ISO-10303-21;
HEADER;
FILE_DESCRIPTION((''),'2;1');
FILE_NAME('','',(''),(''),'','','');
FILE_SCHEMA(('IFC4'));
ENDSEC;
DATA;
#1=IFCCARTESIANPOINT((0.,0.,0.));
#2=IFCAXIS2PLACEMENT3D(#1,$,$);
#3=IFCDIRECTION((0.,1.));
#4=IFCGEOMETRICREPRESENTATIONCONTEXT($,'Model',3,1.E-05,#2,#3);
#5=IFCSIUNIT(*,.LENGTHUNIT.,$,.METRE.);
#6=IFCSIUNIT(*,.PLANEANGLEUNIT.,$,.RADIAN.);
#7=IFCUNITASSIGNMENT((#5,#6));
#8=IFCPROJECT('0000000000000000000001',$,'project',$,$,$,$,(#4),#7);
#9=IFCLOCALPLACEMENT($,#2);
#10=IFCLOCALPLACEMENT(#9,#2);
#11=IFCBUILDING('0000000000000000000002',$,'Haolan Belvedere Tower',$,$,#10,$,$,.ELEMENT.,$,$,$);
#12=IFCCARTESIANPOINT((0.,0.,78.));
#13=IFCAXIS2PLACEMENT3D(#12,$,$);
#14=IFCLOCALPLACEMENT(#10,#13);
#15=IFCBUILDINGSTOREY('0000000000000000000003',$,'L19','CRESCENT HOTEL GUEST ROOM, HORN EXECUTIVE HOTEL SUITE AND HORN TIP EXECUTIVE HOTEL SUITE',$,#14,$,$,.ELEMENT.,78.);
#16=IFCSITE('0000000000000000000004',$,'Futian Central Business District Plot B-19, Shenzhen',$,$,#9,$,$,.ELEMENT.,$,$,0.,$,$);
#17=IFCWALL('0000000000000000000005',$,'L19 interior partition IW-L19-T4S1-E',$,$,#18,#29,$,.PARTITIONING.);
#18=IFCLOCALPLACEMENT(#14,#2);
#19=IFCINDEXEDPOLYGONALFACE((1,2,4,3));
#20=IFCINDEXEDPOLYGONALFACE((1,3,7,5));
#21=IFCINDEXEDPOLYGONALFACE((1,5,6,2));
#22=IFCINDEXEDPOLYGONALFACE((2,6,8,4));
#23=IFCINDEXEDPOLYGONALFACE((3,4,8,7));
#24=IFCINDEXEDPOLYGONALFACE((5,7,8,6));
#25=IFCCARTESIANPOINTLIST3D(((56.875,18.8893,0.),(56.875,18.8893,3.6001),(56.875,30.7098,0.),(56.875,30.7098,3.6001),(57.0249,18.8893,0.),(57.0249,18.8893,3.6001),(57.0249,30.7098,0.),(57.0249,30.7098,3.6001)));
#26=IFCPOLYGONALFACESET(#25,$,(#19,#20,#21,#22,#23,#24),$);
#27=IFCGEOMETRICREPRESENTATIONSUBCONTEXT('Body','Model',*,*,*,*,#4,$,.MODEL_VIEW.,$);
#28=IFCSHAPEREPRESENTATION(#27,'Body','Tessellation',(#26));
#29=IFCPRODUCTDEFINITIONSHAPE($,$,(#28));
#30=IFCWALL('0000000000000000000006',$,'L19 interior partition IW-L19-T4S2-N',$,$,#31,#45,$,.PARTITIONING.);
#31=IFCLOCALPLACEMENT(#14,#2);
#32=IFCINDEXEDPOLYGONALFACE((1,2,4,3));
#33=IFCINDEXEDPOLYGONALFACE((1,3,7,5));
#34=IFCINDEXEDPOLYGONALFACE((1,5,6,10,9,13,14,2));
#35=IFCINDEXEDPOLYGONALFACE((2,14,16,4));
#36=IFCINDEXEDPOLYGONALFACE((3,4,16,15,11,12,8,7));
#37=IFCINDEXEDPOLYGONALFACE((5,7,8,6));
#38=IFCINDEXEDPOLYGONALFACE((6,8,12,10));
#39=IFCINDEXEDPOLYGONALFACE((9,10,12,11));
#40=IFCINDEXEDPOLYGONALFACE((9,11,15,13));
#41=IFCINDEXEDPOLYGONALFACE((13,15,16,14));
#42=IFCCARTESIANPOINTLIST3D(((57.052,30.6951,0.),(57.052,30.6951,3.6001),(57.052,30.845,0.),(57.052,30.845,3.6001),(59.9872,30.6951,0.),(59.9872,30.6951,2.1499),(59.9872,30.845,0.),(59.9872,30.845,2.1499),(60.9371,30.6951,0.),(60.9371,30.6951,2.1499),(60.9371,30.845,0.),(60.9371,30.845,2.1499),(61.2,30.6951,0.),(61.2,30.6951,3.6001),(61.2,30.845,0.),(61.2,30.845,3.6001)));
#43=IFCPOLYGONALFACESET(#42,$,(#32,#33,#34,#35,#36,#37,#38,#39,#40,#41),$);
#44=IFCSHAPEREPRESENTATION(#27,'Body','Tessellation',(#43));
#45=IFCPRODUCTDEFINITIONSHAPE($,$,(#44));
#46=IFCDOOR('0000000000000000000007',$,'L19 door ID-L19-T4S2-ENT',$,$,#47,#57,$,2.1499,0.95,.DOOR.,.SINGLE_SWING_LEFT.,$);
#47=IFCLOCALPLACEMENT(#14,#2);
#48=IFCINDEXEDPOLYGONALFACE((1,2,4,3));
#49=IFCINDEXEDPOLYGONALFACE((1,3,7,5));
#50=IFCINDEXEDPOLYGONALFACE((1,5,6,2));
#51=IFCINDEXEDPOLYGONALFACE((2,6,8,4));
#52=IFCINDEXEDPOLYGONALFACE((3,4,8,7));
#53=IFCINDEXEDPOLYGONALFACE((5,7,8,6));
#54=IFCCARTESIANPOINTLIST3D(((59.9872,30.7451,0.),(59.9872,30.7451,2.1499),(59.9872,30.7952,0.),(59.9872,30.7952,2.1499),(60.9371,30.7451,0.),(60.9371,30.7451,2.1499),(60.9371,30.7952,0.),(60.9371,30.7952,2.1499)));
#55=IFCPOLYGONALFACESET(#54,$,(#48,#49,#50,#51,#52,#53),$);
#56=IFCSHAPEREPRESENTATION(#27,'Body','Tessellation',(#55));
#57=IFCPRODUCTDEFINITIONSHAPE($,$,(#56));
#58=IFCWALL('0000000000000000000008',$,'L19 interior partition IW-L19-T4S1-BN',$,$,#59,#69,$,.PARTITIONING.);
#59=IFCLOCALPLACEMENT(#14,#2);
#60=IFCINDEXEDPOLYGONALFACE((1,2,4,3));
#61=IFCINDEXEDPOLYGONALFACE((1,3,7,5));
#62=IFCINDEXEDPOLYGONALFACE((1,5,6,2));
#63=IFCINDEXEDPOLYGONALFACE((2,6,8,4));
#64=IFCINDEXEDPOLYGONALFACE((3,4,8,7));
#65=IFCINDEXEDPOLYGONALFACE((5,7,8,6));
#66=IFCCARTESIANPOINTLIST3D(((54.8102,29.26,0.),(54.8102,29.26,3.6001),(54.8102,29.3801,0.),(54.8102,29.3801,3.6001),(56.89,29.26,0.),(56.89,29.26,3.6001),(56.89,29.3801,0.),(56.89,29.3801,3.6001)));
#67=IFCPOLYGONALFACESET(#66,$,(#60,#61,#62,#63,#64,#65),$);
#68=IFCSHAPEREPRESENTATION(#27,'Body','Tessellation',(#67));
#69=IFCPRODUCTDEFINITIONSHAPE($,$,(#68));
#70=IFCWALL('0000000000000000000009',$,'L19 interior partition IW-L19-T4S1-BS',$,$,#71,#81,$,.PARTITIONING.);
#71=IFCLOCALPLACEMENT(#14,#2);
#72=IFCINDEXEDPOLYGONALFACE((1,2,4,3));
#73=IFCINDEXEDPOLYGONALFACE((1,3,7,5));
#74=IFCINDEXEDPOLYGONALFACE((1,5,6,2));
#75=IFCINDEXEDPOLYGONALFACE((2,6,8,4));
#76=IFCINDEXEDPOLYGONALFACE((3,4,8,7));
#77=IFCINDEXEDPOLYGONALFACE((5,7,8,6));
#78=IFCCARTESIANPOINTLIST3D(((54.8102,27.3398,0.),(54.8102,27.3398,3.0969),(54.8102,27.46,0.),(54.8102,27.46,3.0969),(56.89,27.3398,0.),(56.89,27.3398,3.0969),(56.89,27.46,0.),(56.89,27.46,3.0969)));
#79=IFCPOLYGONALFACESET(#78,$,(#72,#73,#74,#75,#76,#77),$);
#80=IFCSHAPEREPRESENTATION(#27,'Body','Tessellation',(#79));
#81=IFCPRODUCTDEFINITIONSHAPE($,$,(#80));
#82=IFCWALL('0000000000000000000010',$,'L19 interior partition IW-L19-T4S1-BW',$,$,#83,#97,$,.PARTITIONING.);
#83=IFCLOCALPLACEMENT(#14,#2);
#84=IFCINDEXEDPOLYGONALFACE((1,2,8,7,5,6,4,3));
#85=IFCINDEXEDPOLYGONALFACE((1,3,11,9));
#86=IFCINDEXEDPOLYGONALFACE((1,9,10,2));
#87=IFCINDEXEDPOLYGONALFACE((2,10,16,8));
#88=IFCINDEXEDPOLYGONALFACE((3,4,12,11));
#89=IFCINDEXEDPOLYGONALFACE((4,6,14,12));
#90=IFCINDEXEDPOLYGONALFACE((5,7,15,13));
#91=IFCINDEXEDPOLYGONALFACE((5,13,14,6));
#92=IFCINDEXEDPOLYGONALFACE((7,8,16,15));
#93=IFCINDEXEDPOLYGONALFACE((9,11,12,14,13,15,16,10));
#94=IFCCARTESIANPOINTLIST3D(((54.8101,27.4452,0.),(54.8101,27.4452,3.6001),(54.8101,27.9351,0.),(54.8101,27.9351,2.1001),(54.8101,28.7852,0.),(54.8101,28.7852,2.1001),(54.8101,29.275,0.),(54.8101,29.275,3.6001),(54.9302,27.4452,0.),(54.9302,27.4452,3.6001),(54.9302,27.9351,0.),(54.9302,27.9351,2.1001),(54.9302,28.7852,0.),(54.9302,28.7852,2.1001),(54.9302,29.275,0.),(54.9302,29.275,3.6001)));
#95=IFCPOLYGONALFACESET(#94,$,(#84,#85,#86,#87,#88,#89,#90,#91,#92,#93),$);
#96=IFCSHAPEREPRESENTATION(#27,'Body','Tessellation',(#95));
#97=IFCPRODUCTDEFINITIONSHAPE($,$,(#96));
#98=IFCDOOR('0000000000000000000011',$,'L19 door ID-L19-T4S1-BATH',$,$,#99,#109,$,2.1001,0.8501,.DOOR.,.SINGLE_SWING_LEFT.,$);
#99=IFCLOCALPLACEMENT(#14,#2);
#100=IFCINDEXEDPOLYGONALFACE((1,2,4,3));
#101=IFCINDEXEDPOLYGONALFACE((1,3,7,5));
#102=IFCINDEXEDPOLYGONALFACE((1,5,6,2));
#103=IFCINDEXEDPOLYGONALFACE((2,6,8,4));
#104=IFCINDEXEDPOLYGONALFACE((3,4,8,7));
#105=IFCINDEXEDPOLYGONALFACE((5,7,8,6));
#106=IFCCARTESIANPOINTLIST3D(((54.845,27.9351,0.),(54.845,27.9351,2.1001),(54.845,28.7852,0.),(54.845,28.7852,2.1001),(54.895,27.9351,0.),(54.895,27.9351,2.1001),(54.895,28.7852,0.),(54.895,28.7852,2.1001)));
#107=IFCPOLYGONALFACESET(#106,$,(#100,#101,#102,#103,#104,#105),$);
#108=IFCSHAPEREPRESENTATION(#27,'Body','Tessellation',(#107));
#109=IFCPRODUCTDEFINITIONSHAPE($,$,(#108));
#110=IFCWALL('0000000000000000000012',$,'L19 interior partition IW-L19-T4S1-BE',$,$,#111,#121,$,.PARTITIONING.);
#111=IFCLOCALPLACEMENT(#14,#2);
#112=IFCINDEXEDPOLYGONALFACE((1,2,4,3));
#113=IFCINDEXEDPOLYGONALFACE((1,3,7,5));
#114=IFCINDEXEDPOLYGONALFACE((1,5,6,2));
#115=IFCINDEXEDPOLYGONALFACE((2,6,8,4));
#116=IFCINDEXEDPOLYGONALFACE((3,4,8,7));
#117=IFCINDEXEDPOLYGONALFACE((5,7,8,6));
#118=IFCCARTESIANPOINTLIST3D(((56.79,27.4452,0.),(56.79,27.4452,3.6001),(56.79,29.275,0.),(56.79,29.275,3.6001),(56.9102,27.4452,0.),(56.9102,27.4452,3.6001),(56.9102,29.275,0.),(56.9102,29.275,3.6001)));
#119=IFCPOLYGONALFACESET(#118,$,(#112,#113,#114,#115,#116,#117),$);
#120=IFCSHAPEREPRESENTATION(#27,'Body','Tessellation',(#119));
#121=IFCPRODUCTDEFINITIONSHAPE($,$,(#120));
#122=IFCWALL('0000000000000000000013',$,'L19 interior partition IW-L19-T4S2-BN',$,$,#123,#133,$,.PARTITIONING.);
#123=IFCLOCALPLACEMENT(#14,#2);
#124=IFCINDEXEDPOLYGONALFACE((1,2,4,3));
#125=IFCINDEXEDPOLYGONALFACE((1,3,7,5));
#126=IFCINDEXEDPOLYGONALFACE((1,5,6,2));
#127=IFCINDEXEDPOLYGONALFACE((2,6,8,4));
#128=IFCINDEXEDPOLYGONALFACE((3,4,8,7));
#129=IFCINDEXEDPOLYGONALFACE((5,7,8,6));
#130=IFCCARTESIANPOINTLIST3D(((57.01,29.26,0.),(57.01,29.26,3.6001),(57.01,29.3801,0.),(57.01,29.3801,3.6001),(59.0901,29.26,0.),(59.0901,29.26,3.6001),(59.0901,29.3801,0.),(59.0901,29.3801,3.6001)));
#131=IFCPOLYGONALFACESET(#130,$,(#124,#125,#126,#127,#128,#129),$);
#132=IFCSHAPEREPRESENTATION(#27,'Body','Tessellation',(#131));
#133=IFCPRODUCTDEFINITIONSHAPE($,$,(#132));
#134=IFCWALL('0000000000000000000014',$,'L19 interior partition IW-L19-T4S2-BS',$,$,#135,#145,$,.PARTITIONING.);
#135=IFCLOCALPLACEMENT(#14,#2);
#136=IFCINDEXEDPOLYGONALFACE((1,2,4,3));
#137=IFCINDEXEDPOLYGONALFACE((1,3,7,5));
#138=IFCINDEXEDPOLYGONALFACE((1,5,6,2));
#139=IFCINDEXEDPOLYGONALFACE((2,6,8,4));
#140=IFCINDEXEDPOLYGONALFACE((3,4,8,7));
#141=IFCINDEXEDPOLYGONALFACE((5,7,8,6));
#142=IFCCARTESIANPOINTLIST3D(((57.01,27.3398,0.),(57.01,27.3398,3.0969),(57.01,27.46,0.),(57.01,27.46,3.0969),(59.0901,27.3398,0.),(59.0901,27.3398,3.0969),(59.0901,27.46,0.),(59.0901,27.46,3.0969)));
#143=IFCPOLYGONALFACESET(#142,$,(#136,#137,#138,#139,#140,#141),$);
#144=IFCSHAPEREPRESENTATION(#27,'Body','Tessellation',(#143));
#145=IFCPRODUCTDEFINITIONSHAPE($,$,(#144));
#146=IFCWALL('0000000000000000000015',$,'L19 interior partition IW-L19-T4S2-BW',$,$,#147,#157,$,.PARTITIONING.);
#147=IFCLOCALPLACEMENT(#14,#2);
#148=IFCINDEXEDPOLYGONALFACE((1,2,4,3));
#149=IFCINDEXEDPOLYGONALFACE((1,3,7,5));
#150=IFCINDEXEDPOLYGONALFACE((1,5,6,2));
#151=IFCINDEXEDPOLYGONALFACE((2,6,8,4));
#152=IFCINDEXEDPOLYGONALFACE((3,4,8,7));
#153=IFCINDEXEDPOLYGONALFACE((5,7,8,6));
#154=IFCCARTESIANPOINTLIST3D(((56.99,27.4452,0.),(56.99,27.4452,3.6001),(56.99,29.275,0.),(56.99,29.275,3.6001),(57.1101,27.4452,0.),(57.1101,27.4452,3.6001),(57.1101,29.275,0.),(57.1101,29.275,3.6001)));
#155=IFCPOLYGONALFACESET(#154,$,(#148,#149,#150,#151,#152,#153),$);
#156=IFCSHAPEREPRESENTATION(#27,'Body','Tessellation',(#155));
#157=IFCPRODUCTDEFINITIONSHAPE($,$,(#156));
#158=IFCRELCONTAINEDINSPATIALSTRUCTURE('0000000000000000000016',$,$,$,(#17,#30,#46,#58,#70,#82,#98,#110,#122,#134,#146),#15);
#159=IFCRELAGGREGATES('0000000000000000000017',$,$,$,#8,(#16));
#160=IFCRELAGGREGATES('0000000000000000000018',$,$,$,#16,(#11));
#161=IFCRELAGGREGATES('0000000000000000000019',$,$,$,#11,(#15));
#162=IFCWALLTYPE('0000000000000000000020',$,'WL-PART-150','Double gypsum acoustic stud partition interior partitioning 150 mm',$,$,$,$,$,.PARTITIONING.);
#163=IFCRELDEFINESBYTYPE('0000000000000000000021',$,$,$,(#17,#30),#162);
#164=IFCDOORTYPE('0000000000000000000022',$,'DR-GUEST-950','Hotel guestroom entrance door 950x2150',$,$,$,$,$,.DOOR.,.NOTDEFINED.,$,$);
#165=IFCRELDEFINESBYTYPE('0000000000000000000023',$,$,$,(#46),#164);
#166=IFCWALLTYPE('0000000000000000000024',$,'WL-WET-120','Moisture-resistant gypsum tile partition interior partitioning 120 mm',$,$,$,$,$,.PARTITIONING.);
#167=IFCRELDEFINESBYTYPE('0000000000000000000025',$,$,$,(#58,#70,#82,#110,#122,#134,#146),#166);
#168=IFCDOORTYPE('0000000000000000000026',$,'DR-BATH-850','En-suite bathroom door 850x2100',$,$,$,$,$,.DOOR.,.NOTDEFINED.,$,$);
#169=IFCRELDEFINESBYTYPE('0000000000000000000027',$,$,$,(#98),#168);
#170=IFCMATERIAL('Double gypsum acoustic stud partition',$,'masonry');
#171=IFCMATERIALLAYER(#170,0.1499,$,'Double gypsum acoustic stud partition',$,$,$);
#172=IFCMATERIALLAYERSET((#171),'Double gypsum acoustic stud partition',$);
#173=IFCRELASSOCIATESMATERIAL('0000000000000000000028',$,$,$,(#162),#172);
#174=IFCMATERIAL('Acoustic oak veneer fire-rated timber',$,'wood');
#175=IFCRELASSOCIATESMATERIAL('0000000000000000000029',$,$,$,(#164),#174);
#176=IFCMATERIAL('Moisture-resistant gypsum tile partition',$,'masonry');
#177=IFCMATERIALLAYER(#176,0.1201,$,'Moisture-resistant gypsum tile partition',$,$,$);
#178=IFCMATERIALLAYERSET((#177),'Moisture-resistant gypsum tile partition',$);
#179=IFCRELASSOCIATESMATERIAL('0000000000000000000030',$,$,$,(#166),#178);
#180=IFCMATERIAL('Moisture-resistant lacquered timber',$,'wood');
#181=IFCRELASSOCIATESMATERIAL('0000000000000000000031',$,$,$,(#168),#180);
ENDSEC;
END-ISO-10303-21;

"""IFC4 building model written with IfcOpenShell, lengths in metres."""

from ifc_helpers import new_model, si_unit, direction, frame, frame_2d, origin, place, context, subcontext, project, spatial, rectangle, extrude, material, layer, layer_set, type_object, element, fill, save


model = new_model("IFC4")

# Units and contexts
model_context = context("Model", 3, precision=1e-05, world=origin(), true_north=direction((0.0, 1.0)))
body_context = subcontext(model_context, "Body", "Model", "MODEL_VIEW")
ifc_project = project(units=[si_unit("LENGTHUNIT", "METRE"), si_unit("PLANEANGLEUNIT", "RADIAN")], contexts=[model_context])

# Site, building, storey
site_placement = place(None, origin())
site = spatial("IfcSite", under=ifc_project, at=site_placement, Name="Futian Central Business District Plot B-19, Shenzhen", CompositionType="ELEMENT", RefElevation=0.0)
building_placement = place(site_placement, origin())
building = spatial("IfcBuilding", under=site, at=building_placement, Name="Haolan Belvedere Tower", CompositionType="ELEMENT")
storey_placement = place(building_placement, frame((0.0, 0.0, 78.0)))
storey = spatial("IfcBuildingStorey", under=building, at=storey_placement, Name="L19", Description="CRESCENT HOTEL GUEST ROOM, HORN EXECUTIVE HOTEL SUITE AND HORN TIP EXECUTIVE HOTEL SUITE", CompositionType="ELEMENT", Elevation=78.0)

# Shared definitions
ifc_material_1 = material(Name="Double gypsum acoustic stud partition", Category="masonry")
ifc_layer_1 = layer(ifc_material_1, 0.1499, Name="Double gypsum acoustic stud partition")
ifc_layer_set_1 = layer_set([ifc_layer_1], Name="Double gypsum acoustic stud partition")
wall_type_1 = type_object("IfcWallType", Name="WL-PART-150", Description="Double gypsum acoustic stud partition interior partitioning 150 mm", PredefinedType="PARTITIONING", material=ifc_layer_set_1)

# Shared definitions
ifc_material_2 = material(Name="Acoustic oak veneer fire-rated timber", Category="wood")
door_type_1 = type_object("IfcDoorType", Name="DR-GUEST-950", Description="Hotel guestroom entrance door 950x2150", OperationType="NOTDEFINED", PredefinedType="DOOR", material=ifc_material_2)

# Wall
wall_1_placement = place(storey_placement, frame((56.95, 18.8894, 0.0), z_axis=(0.0, 0.0, 1.0), x_axis=(0.0, 1.0, 0.0)))
element("IfcWall", 1, at=wall_1_placement, inside=storey, type_object=wall_type_1, Name="L19 interior partition IW-L19-T4S1-E", PredefinedType="PARTITIONING", context=body_context, shape_type="SweptSolid", body=[
    extrude(rectangle(XDim=11.8206, YDim=0.1499, at=frame_2d((5.9102, 0.0))), origin(), (0.0, 0.0, 1.0), 3.6001),
])

# Wall, opening, door
wall_2_placement = place(storey_placement, frame((57.052, 30.77, 0.0), z_axis=(0.0, 0.0, 1.0), x_axis=(1.0, 0.0, 0.0)))
wall_2 = element("IfcWall", 2, at=wall_2_placement, inside=storey, type_object=wall_type_1, Name="L19 interior partition IW-L19-T4S2-N", PredefinedType="PARTITIONING", context=body_context, shape_type="SweptSolid", body=[
    extrude(rectangle(XDim=4.1479, YDim=0.1499, at=frame_2d((2.074, 0.0))), origin(), (0.0, 0.0, 1.0), 3.6001),
])
opening_1_placement = place(wall_2_placement, frame((3.8853, 0.0, 0.0), z_axis=(0.0, 0.0, 1.0), x_axis=(-1.0, 0.0, 0.0)))
opening_1 = element("IfcOpeningElement", 3, at=opening_1_placement, cuts=wall_2, PredefinedType="OPENING", context=body_context, shape_type="SweptSolid", body=[
    extrude(rectangle(XDim=0.95, YDim=2.1499, at=frame_2d((0.4751, 1.075))), frame((0.0, 0.085, 0.0), z_axis=(0.0, -1.0, 0.0), x_axis=(1.0, 0.0, 0.0)), (0.0, 0.0, 1.0), 0.1699),
])
door_1_placement = place(opening_1_placement, origin())
door_1 = element("IfcDoor", 4, at=door_1_placement, inside=storey, type_object=door_type_1, Name="L19 door ID-L19-T4S2-ENT", OperationType="SINGLE_SWING_LEFT", OverallHeight=2.1499, OverallWidth=0.95, PredefinedType="DOOR", context=body_context, shape_type="SweptSolid", body=[
    extrude(rectangle(XDim=0.95, YDim=2.1499, at=frame_2d((0.4751, 1.075))), frame((0.0, 0.0249, 0.0), z_axis=(0.0, -1.0, 0.0), x_axis=(1.0, 0.0, 0.0)), (0.0, 0.0, 1.0), 0.05),
])
fill(opening_1, door_1)

# Walls
ifc_material_3 = material(Name="Moisture-resistant gypsum tile partition", Category="masonry")
ifc_layer_2 = layer(ifc_material_3, 0.1201, Name="Moisture-resistant gypsum tile partition")
ifc_layer_set_2 = layer_set([ifc_layer_2], Name="Moisture-resistant gypsum tile partition")
wall_type_2 = type_object("IfcWallType", Name="WL-WET-120", Description="Moisture-resistant gypsum tile partition interior partitioning 120 mm", PredefinedType="PARTITIONING", material=ifc_layer_set_2)
wall_3_placement = place(storey_placement, frame((54.8101, 29.3201, 0.0), z_axis=(0.0, 0.0, 1.0), x_axis=(1.0, 0.0, 0.0)))
element("IfcWall", 5, at=wall_3_placement, inside=storey, type_object=wall_type_2, Name="L19 interior partition IW-L19-T4S1-BN", PredefinedType="PARTITIONING", context=body_context, shape_type="SweptSolid", body=[
    extrude(rectangle(XDim=2.0798, YDim=0.1201, at=frame_2d((1.04, 0.0))), origin(), (0.0, 0.0, 1.0), 3.6001),
])
wall_4_placement = place(storey_placement, frame((54.8101, 27.3999, 0.0), z_axis=(0.0, 0.0, 1.0), x_axis=(1.0, 0.0, 0.0)))
element("IfcWall", 6, at=wall_4_placement, inside=storey, type_object=wall_type_2, Name="L19 interior partition IW-L19-T4S1-BS", PredefinedType="PARTITIONING", context=body_context, shape_type="SweptSolid", body=[
    extrude(rectangle(XDim=2.0798, YDim=0.1201, at=frame_2d((1.04, 0.0))), origin(), (0.0, 0.0, 1.0), 3.0969),
])

# Wall, opening, door
wall_5_placement = place(storey_placement, frame((54.8701, 27.4451, 0.0), z_axis=(0.0, 0.0, 1.0), x_axis=(0.0, 1.0, 0.0)))
wall_5 = element("IfcWall", 7, at=wall_5_placement, inside=storey, type_object=wall_type_2, Name="L19 interior partition IW-L19-T4S1-BW", PredefinedType="PARTITIONING", context=body_context, shape_type="SweptSolid", body=[
    extrude(rectangle(XDim=1.8298, YDim=0.1201, at=frame_2d((0.915, 0.0))), origin(), (0.0, 0.0, 1.0), 3.6001),
])
opening_2_placement = place(wall_5_placement, frame((1.3401, 0.0, 0.0), z_axis=(0.0, 0.0, 1.0), x_axis=(-1.0, 0.0, 0.0)))
opening_2 = element("IfcOpeningElement", 8, at=opening_2_placement, cuts=wall_5, PredefinedType="OPENING", context=body_context, shape_type="SweptSolid", body=[
    extrude(rectangle(XDim=0.8501, YDim=2.1001, at=frame_2d((0.425, 1.05))), frame((0.0, 0.0701, 0.0), z_axis=(0.0, -1.0, 0.0), x_axis=(1.0, 0.0, 0.0)), (0.0, 0.0, 1.0), 0.1401),
])
ifc_material_4 = material(Name="Moisture-resistant lacquered timber", Category="wood")
door_type_2 = type_object("IfcDoorType", Name="DR-BATH-850", Description="En-suite bathroom door 850x2100", OperationType="NOTDEFINED", PredefinedType="DOOR", material=ifc_material_4)
door_2_placement = place(opening_2_placement, origin())
door_2 = element("IfcDoor", 9, at=door_2_placement, inside=storey, type_object=door_type_2, Name="L19 door ID-L19-T4S1-BATH", OperationType="SINGLE_SWING_LEFT", OverallHeight=2.1001, OverallWidth=0.8501, PredefinedType="DOOR", context=body_context, shape_type="SweptSolid", body=[
    extrude(rectangle(XDim=0.8501, YDim=2.1001, at=frame_2d((0.425, 1.05))), frame((0.0, 0.0249, 0.0), z_axis=(0.0, -1.0, 0.0), x_axis=(1.0, 0.0, 0.0)), (0.0, 0.0, 1.0), 0.05),
])
fill(opening_2, door_2)

# Walls
wall_6_placement = place(storey_placement, frame((56.8501, 27.4451, 0.0), z_axis=(0.0, 0.0, 1.0), x_axis=(0.0, 1.0, 0.0)))
element("IfcWall", 10, at=wall_6_placement, inside=storey, type_object=wall_type_2, Name="L19 interior partition IW-L19-T4S1-BE", PredefinedType="PARTITIONING", context=body_context, shape_type="SweptSolid", body=[
    extrude(rectangle(XDim=1.8298, YDim=0.1201, at=frame_2d((0.915, 0.0))), origin(), (0.0, 0.0, 1.0), 3.6001),
])
wall_7_placement = place(storey_placement, frame((57.01, 29.3201, 0.0), z_axis=(0.0, 0.0, 1.0), x_axis=(1.0, 0.0, 0.0)))
element("IfcWall", 11, at=wall_7_placement, inside=storey, type_object=wall_type_2, Name="L19 interior partition IW-L19-T4S2-BN", PredefinedType="PARTITIONING", context=body_context, shape_type="SweptSolid", body=[
    extrude(rectangle(XDim=2.0801, YDim=0.1201, at=frame_2d((1.04, 0.0))), origin(), (0.0, 0.0, 1.0), 3.6001),
])
wall_8_placement = place(storey_placement, frame((57.01, 27.3999, 0.0), z_axis=(0.0, 0.0, 1.0), x_axis=(1.0, 0.0, 0.0)))
element("IfcWall", 12, at=wall_8_placement, inside=storey, type_object=wall_type_2, Name="L19 interior partition IW-L19-T4S2-BS", PredefinedType="PARTITIONING", context=body_context, shape_type="SweptSolid", body=[
    extrude(rectangle(XDim=2.0801, YDim=0.1201, at=frame_2d((1.04, 0.0))), origin(), (0.0, 0.0, 1.0), 3.0969),
])
wall_9_placement = place(storey_placement, frame((57.05, 27.4451, 0.0), z_axis=(0.0, 0.0, 1.0), x_axis=(0.0, 1.0, 0.0)))
element("IfcWall", 13, at=wall_9_placement, inside=storey, type_object=wall_type_2, Name="L19 interior partition IW-L19-T4S2-BW", PredefinedType="PARTITIONING", context=body_context, shape_type="SweptSolid", body=[
    extrude(rectangle(XDim=1.8298, YDim=0.1201, at=frame_2d((0.915, 0.0))), origin(), (0.0, 0.0, 1.0), 3.6001),
])

save(model, "model.ifc")
